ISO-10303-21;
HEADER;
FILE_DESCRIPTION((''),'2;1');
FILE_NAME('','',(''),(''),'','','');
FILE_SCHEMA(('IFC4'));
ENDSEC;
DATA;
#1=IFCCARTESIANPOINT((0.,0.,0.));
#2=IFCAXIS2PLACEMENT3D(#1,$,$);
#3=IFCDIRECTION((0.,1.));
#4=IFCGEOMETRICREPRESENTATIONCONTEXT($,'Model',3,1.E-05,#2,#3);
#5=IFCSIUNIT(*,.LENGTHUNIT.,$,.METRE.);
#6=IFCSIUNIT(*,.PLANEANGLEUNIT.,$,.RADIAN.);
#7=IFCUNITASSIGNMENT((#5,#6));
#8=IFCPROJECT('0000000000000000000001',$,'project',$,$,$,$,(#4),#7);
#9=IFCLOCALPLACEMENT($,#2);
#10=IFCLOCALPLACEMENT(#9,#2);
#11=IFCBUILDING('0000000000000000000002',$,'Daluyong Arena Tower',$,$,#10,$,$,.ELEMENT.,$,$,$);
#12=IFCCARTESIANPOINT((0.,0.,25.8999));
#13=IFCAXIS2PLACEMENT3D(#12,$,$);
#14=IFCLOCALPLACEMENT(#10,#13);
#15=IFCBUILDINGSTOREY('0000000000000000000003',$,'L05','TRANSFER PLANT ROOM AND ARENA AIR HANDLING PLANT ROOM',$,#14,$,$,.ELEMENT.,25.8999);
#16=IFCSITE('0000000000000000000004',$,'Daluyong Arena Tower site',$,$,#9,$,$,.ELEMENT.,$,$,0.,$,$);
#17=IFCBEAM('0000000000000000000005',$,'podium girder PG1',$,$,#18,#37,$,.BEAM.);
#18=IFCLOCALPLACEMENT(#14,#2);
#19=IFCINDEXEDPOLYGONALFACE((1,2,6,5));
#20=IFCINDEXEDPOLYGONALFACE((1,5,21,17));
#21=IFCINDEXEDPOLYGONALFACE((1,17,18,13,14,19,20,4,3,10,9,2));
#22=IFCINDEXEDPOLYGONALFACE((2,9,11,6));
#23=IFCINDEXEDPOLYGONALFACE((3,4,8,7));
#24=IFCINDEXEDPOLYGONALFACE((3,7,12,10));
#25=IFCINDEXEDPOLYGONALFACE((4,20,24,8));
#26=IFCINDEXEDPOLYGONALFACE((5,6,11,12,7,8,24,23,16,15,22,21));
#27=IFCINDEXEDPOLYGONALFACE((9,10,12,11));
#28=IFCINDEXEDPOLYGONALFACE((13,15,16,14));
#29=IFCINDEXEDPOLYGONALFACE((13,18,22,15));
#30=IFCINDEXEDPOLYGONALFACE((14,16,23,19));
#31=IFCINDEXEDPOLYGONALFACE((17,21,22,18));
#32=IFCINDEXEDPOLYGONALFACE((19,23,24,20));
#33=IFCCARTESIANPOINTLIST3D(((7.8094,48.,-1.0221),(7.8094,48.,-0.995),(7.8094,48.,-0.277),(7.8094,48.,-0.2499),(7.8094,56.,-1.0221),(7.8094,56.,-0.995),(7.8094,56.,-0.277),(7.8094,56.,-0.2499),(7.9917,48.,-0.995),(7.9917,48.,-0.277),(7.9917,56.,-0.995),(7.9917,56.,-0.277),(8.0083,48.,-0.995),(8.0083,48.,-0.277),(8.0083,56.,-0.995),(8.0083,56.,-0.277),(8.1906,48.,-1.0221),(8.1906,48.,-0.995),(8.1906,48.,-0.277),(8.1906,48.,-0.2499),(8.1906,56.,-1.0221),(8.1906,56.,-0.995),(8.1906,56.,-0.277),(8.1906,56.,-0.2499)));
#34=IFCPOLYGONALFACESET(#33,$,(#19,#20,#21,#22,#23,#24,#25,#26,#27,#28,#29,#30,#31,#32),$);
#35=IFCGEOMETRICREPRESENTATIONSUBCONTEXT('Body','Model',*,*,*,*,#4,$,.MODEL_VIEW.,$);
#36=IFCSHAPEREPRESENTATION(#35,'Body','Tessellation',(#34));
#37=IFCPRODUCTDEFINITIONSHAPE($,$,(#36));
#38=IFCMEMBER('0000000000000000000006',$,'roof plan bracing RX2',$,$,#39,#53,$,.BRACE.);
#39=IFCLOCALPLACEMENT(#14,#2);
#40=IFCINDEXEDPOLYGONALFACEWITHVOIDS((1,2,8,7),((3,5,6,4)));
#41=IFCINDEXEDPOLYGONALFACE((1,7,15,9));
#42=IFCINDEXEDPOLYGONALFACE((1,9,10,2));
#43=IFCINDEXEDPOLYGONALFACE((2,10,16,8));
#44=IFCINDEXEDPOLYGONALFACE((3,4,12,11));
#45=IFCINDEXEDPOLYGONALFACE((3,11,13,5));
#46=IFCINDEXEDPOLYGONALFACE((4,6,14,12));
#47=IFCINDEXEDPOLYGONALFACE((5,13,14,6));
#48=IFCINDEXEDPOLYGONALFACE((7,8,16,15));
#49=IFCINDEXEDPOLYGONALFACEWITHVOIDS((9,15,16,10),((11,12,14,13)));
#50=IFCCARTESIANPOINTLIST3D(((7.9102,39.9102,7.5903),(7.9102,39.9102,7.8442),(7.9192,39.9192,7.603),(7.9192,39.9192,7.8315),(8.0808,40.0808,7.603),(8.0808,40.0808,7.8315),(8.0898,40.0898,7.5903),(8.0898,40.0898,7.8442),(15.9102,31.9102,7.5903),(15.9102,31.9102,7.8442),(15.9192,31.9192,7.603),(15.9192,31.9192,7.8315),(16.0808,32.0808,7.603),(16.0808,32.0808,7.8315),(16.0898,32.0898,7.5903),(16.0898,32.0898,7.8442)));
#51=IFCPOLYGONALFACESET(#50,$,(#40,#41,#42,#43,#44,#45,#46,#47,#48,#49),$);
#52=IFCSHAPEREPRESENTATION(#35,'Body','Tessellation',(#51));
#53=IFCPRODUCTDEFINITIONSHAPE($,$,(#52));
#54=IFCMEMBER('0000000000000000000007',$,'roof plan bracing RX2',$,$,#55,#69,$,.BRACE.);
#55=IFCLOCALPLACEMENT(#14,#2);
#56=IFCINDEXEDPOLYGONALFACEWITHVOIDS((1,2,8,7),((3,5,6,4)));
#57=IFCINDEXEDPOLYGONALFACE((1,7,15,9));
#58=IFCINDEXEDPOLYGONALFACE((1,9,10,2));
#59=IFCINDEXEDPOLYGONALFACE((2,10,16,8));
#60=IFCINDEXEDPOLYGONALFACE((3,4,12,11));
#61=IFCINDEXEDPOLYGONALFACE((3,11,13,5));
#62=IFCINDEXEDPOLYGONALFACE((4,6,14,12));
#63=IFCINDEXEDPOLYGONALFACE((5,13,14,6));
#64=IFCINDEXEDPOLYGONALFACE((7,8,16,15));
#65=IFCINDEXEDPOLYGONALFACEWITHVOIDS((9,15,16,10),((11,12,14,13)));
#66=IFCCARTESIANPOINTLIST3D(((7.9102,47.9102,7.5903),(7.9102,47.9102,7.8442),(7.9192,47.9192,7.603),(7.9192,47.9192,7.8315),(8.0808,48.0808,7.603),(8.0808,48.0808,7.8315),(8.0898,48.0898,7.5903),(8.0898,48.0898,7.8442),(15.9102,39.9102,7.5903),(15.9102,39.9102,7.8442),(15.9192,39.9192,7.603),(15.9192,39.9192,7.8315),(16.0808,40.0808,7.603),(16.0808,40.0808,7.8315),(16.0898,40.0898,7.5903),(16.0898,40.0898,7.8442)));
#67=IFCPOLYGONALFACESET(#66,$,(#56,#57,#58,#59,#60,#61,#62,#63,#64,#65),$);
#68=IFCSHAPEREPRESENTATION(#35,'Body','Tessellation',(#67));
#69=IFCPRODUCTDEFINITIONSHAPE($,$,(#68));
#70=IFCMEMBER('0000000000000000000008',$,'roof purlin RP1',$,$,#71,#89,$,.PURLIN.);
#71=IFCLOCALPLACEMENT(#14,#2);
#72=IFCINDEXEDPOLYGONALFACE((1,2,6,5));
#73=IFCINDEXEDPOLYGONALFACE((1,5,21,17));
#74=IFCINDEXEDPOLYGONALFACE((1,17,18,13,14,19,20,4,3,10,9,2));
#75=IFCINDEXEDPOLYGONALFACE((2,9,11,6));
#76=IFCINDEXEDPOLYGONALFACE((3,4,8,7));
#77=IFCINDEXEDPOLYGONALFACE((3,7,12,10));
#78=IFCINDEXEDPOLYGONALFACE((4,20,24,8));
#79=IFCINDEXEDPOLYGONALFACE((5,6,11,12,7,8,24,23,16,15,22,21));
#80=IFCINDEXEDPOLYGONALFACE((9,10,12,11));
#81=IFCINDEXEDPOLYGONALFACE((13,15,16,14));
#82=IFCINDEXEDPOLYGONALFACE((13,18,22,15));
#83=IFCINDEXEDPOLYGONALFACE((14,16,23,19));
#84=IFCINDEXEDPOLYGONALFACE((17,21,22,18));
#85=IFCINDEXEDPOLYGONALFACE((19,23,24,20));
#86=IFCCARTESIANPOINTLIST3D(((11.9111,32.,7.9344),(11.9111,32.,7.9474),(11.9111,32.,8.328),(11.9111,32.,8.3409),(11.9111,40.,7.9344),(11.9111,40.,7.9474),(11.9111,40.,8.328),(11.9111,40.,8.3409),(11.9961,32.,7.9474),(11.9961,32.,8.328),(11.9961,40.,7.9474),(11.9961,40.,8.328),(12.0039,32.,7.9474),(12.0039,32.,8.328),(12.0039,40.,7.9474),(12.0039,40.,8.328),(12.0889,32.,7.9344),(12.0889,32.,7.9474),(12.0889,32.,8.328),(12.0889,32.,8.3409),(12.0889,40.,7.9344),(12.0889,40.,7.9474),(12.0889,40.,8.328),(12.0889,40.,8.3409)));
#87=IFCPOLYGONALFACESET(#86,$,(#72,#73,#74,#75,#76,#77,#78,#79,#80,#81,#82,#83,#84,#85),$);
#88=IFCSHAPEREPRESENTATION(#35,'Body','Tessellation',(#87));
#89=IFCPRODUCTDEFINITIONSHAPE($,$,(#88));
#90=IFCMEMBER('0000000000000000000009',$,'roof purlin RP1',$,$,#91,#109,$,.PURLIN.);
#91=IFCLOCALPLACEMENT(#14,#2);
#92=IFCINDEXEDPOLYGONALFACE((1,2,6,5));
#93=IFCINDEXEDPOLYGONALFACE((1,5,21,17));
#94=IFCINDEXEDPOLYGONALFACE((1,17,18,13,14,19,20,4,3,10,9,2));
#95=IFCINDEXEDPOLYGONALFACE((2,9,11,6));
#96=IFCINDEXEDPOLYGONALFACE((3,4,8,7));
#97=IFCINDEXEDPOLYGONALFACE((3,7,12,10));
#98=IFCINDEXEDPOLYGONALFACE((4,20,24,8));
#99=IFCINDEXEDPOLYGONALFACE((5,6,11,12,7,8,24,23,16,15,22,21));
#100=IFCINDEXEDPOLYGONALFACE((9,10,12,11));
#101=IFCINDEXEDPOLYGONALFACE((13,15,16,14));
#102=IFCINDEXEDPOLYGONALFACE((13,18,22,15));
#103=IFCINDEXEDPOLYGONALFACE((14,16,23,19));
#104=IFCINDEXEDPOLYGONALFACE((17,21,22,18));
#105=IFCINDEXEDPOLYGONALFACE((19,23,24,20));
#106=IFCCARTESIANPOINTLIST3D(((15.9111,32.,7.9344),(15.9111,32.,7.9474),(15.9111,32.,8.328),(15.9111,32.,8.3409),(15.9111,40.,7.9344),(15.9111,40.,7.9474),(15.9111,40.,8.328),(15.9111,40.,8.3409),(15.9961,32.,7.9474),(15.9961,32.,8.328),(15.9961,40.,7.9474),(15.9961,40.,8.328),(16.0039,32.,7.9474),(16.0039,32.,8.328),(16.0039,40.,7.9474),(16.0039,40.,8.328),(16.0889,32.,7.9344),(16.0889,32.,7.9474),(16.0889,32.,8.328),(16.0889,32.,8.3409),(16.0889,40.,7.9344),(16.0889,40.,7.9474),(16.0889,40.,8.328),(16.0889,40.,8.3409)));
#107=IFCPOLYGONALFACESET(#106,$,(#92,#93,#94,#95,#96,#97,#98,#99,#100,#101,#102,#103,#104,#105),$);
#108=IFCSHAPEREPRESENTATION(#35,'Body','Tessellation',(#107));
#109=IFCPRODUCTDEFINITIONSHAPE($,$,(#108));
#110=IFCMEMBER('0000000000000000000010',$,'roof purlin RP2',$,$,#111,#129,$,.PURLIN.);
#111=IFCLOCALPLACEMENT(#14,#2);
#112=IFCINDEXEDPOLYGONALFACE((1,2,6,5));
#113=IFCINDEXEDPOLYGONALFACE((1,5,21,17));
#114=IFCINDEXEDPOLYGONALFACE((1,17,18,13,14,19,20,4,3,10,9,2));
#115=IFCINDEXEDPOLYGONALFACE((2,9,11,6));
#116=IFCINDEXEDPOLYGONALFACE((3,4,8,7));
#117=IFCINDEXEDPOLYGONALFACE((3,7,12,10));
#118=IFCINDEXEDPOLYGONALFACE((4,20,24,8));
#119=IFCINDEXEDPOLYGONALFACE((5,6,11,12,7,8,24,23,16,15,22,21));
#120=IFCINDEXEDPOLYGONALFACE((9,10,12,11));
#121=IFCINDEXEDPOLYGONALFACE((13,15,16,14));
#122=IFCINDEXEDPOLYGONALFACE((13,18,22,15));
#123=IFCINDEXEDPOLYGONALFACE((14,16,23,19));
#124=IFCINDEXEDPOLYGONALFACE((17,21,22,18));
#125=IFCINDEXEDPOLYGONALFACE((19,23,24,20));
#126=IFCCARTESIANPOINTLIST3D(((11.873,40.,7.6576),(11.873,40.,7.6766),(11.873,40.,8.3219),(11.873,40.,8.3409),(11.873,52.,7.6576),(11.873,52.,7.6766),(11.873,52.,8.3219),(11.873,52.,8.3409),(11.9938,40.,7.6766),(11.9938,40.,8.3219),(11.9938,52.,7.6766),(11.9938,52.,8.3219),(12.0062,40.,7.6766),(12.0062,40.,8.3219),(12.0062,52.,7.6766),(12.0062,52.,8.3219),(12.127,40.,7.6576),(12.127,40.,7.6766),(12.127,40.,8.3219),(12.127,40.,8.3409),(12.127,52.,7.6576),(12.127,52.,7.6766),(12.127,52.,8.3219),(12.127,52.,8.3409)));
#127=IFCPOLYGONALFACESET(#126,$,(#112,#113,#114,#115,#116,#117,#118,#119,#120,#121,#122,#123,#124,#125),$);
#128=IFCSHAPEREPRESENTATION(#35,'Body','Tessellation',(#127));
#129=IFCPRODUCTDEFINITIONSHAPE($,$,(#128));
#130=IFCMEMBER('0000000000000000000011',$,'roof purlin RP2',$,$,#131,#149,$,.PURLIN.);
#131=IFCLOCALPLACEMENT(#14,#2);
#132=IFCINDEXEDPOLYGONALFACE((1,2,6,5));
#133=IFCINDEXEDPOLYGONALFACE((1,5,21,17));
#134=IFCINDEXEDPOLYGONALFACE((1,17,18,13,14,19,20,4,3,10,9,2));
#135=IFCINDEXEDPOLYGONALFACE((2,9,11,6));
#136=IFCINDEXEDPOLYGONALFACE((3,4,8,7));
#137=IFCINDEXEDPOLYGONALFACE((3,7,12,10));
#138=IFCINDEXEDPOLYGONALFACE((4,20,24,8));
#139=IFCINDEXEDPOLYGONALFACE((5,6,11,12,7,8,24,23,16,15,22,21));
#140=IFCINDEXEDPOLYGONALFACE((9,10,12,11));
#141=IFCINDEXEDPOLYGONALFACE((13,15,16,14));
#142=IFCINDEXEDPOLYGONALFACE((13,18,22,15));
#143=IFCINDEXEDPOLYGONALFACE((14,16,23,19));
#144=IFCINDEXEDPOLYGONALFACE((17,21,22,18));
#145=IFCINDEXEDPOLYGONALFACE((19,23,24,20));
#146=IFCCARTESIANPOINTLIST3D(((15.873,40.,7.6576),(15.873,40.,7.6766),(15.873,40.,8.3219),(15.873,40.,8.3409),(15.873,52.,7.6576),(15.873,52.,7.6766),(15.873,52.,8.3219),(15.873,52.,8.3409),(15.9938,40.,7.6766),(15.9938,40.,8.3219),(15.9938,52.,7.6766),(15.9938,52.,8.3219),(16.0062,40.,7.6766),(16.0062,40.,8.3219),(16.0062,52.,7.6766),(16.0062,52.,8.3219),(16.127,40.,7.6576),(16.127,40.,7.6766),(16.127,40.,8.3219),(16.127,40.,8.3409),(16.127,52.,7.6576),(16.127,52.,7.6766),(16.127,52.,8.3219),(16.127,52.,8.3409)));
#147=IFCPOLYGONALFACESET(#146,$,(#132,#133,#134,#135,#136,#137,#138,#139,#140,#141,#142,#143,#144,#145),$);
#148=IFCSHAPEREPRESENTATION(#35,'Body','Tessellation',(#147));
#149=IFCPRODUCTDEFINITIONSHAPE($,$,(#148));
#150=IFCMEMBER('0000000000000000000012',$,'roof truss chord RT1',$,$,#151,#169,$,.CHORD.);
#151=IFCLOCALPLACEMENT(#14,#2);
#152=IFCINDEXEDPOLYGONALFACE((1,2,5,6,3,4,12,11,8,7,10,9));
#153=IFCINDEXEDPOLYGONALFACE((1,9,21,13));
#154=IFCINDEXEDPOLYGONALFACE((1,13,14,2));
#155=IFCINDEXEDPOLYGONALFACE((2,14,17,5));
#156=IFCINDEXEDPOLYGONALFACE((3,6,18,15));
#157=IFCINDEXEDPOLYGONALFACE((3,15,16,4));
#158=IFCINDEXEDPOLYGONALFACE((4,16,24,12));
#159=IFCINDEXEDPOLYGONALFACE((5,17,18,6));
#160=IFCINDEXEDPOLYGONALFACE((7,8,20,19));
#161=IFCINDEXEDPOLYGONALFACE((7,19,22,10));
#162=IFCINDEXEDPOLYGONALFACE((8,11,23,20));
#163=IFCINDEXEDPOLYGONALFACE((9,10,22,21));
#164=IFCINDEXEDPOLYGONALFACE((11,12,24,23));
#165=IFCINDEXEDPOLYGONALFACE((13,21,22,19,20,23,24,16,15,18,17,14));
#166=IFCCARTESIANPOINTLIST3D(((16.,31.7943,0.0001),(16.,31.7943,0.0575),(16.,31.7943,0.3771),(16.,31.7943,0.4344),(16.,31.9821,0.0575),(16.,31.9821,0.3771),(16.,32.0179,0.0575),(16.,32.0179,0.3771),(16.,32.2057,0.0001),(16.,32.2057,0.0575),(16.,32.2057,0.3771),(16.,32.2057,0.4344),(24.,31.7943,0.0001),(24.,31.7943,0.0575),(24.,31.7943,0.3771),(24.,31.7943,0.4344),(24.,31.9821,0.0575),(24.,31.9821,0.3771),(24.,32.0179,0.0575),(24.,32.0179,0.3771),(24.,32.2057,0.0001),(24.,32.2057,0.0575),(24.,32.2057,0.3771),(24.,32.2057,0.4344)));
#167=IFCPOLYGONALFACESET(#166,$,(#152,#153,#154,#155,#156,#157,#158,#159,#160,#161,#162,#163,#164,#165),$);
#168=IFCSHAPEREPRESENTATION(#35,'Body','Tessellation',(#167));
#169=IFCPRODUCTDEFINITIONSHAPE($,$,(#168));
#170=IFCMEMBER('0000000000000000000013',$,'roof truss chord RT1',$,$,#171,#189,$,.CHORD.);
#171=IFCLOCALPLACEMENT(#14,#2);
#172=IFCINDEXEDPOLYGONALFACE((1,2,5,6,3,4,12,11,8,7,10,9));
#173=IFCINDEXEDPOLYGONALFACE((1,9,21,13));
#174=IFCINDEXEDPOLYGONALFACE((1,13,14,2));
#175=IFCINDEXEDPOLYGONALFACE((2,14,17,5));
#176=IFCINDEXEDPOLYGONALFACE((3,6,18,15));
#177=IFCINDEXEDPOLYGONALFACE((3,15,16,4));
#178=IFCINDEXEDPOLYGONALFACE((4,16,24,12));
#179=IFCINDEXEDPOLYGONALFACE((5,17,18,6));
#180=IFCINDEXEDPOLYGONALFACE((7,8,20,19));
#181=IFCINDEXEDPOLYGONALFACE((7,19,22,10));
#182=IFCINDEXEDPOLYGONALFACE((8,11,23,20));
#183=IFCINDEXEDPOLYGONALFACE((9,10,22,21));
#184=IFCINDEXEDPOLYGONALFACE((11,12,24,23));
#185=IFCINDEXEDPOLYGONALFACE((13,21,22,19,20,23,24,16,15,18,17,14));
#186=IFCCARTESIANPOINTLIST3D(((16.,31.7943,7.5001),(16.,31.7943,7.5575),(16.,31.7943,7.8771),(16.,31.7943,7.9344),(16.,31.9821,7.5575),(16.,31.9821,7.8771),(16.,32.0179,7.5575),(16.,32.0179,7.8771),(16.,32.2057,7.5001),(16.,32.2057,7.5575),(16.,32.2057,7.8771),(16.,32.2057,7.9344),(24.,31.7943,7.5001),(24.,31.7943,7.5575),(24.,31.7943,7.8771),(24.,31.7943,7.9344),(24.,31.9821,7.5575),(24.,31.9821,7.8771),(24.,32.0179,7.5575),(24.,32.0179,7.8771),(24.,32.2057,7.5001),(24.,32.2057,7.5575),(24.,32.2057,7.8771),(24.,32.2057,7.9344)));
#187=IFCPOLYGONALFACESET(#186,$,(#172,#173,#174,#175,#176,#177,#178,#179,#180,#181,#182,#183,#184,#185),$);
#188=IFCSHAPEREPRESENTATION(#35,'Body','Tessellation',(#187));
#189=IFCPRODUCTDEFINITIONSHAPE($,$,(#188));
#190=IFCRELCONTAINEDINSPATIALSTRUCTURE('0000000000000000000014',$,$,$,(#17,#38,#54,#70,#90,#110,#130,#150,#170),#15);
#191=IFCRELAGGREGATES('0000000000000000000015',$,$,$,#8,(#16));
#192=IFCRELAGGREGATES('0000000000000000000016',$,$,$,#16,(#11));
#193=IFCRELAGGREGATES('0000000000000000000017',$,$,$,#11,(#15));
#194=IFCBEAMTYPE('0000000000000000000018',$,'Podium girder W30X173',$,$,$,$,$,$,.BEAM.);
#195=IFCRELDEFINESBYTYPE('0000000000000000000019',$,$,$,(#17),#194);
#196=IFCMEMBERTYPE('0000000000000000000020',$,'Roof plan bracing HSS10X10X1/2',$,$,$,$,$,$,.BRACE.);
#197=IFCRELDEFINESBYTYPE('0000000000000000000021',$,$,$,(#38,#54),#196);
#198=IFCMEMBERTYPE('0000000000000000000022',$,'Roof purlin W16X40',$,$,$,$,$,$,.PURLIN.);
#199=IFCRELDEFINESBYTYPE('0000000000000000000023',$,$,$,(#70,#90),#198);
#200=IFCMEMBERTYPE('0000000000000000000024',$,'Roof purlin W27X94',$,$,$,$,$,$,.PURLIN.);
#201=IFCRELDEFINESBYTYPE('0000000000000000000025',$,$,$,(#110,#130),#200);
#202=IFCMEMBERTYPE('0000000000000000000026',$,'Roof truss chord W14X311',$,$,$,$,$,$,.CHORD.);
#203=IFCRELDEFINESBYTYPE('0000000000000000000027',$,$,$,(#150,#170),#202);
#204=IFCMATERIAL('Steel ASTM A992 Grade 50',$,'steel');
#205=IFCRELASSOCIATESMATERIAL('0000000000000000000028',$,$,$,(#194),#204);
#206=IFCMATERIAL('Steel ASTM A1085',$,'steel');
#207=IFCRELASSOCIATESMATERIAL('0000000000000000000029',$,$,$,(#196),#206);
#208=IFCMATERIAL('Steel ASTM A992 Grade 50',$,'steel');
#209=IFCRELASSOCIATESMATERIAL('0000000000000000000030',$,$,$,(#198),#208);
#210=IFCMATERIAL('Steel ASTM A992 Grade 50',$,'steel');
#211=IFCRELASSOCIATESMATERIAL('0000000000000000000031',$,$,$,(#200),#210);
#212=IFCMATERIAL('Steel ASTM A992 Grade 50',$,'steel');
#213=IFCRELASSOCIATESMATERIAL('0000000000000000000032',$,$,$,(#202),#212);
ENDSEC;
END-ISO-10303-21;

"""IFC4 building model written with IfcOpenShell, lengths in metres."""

from ifc_helpers import new_model, si_unit, direction, frame, origin, origin_2d, place, context, subcontext, project, spatial, hollow_rectangle, i_section, extrude, material, material_profile, profile_set, type_object, element, save


model = new_model("IFC4")

# Units and contexts
model_context = context("Model", 3, precision=1e-05, world=origin(), true_north=direction((0.0, 1.0)))
body_context = subcontext(model_context, "Body", "Model", "MODEL_VIEW")
ifc_project = project(units=[si_unit("LENGTHUNIT", "METRE"), si_unit("PLANEANGLEUNIT", "RADIAN")], contexts=[model_context])

# Site, building, storey
site_placement = place(None, origin())
site = spatial("IfcSite", under=ifc_project, at=site_placement, Name="Daluyong Arena Tower site", CompositionType="ELEMENT", RefElevation=0.0)
building_placement = place(site_placement, origin())
building = spatial("IfcBuilding", under=site, at=building_placement, Name="Daluyong Arena Tower", CompositionType="ELEMENT")
storey_placement = place(building_placement, frame((0.0, 0.0, 25.8999)))
storey = spatial("IfcBuildingStorey", under=building, at=storey_placement, Name="L05", Description="TRANSFER PLANT ROOM AND ARENA AIR HANDLING PLANT ROOM", CompositionType="ELEMENT", Elevation=25.8999)

# Beam
ifc_material_1 = material(Name="Steel ASTM A992 Grade 50", Category="steel")
ifc_material_profile_1 = material_profile(ifc_material_1, i_section(OverallWidth=0.3811, OverallDepth=0.7722, WebThickness=0.0166, FlangeThickness=0.0271, at=origin_2d()))
ifc_profile_set_1 = profile_set([ifc_material_profile_1], Name="Steel ASTM A992 Grade 50")
beam_type = type_object("IfcBeamType", Name="Podium girder W30X173", PredefinedType="BEAM", material=ifc_profile_set_1)
beam_placement = place(storey_placement, frame((8.0, 48.0, -0.636), z_axis=(0.0, 1.0, 0.0), x_axis=(-1.0, 0.0, 0.0)))
element("IfcBeam", 1, at=beam_placement, inside=storey, type_object=beam_type, Name="podium girder PG1", PredefinedType="BEAM", context=body_context, shape_type="SweptSolid", body=[
    extrude(i_section(OverallWidth=0.3811, OverallDepth=0.7722, WebThickness=0.0166, FlangeThickness=0.0271, at=origin_2d()), origin(), (0.0, 0.0, 1.0), 8.0),
])

# Members
ifc_material_2 = material(Name="Steel ASTM A1085", Category="steel")
ifc_material_profile_2 = material_profile(ifc_material_2, hollow_rectangle(XDim=0.2539, YDim=0.2539, WallThickness=0.0127, at=origin_2d()))
ifc_profile_set_2 = profile_set([ifc_material_profile_2], Name="Steel ASTM A1085")
member_type_1 = type_object("IfcMemberType", Name="Roof plan bracing HSS10X10X1/2", PredefinedType="BRACE", material=ifc_profile_set_2)
for number, where, z_axis, x_axis, name in (
    (2, (16.0, 32.0, 7.7173), (-0.707107, 0.707107, 0.0), (-0.707107, -0.707107, 0.0), "roof plan bracing RX2"),
    (3, (16.0, 40.0, 7.7173), (-0.707107, 0.707107, 0.0), (-0.707107, -0.707107, 0.0), "roof plan bracing RX2"),
):
    element("IfcMember", number, at=place(storey_placement, frame(where, z_axis=z_axis, x_axis=x_axis)), inside=storey, type_object=member_type_1, Name=name, PredefinedType="BRACE", context=body_context, shape_type="SweptSolid", body=[
        extrude(hollow_rectangle(XDim=0.2539, YDim=0.2539, WallThickness=0.0127, at=origin_2d()), origin(), (0.0, 0.0, 1.0), 11.3137),
    ])
ifc_material_3 = material(Name="Steel ASTM A992 Grade 50", Category="steel")
ifc_material_profile_3 = material_profile(ifc_material_3, i_section(OverallWidth=0.1777, OverallDepth=0.4065, WebThickness=0.0078, FlangeThickness=0.0129, at=origin_2d()))
ifc_profile_set_3 = profile_set([ifc_material_profile_3], Name="Steel ASTM A992 Grade 50")
member_type_2 = type_object("IfcMemberType", Name="Roof purlin W16X40", PredefinedType="PURLIN", material=ifc_profile_set_3)
for number, where, z_axis, x_axis, name in (
    (4, (12.0, 32.0, 8.1377), (0.0, 1.0, 0.0), (-1.0, 0.0, 0.0), "roof purlin RP1"),
    (5, (16.0, 32.0, 8.1377), (0.0, 1.0, 0.0), (-1.0, 0.0, 0.0), "roof purlin RP1"),
):
    element("IfcMember", number, at=place(storey_placement, frame(where, z_axis=z_axis, x_axis=x_axis)), inside=storey, type_object=member_type_2, Name=name, PredefinedType="PURLIN", context=body_context, shape_type="SweptSolid", body=[
        extrude(i_section(OverallWidth=0.1777, OverallDepth=0.4065, WebThickness=0.0078, FlangeThickness=0.0129, at=origin_2d()), origin(), (0.0, 0.0, 1.0), 8.0),
    ])
ifc_material_4 = material(Name="Steel ASTM A992 Grade 50", Category="steel")
ifc_material_profile_4 = material_profile(ifc_material_4, i_section(OverallWidth=0.2539, OverallDepth=0.6833, WebThickness=0.0125, FlangeThickness=0.019, at=origin_2d()))
ifc_profile_set_4 = profile_set([ifc_material_profile_4], Name="Steel ASTM A992 Grade 50")
member_type_3 = type_object("IfcMemberType", Name="Roof purlin W27X94", PredefinedType="PURLIN", material=ifc_profile_set_4)
for number, where, z_axis, x_axis, name in (
    (6, (12.0, 40.0, 7.9993), (0.0, 1.0, 0.0), (-1.0, 0.0, 0.0), "roof purlin RP2"),
    (7, (16.0, 40.0, 7.9993), (0.0, 1.0, 0.0), (-1.0, 0.0, 0.0), "roof purlin RP2"),
):
    element("IfcMember", number, at=place(storey_placement, frame(where, z_axis=z_axis, x_axis=x_axis)), inside=storey, type_object=member_type_3, Name=name, PredefinedType="PURLIN", context=body_context, shape_type="SweptSolid", body=[
        extrude(i_section(OverallWidth=0.2539, OverallDepth=0.6833, WebThickness=0.0125, FlangeThickness=0.019, at=origin_2d()), origin(), (0.0, 0.0, 1.0), 12.0),
    ])
ifc_material_5 = material(Name="Steel ASTM A992 Grade 50", Category="steel")
ifc_material_profile_5 = material_profile(ifc_material_5, i_section(OverallWidth=0.4114, OverallDepth=0.4343, WebThickness=0.0359, FlangeThickness=0.0574, at=origin_2d()))
ifc_profile_set_5 = profile_set([ifc_material_profile_5], Name="Steel ASTM A992 Grade 50")
member_type_4 = type_object("IfcMemberType", Name="Roof truss chord W14X311", PredefinedType="CHORD", material=ifc_profile_set_5)
for number, where, z_axis, x_axis, name in (
    (8, (16.0, 32.0, 0.2173), (1.0, 0.0, 0.0), (0.0, 1.0, 0.0), "roof truss chord RT1"),
    (9, (16.0, 32.0, 7.7173), (1.0, 0.0, 0.0), (0.0, 1.0, 0.0), "roof truss chord RT1"),
):
    element("IfcMember", number, at=place(storey_placement, frame(where, z_axis=z_axis, x_axis=x_axis)), inside=storey, type_object=member_type_4, Name=name, PredefinedType="CHORD", context=body_context, shape_type="SweptSolid", body=[
        extrude(i_section(OverallWidth=0.4114, OverallDepth=0.4343, WebThickness=0.0359, FlangeThickness=0.0574, at=origin_2d()), origin(), (0.0, 0.0, 1.0), 8.0),
    ])

save(model, "model.ifc")
